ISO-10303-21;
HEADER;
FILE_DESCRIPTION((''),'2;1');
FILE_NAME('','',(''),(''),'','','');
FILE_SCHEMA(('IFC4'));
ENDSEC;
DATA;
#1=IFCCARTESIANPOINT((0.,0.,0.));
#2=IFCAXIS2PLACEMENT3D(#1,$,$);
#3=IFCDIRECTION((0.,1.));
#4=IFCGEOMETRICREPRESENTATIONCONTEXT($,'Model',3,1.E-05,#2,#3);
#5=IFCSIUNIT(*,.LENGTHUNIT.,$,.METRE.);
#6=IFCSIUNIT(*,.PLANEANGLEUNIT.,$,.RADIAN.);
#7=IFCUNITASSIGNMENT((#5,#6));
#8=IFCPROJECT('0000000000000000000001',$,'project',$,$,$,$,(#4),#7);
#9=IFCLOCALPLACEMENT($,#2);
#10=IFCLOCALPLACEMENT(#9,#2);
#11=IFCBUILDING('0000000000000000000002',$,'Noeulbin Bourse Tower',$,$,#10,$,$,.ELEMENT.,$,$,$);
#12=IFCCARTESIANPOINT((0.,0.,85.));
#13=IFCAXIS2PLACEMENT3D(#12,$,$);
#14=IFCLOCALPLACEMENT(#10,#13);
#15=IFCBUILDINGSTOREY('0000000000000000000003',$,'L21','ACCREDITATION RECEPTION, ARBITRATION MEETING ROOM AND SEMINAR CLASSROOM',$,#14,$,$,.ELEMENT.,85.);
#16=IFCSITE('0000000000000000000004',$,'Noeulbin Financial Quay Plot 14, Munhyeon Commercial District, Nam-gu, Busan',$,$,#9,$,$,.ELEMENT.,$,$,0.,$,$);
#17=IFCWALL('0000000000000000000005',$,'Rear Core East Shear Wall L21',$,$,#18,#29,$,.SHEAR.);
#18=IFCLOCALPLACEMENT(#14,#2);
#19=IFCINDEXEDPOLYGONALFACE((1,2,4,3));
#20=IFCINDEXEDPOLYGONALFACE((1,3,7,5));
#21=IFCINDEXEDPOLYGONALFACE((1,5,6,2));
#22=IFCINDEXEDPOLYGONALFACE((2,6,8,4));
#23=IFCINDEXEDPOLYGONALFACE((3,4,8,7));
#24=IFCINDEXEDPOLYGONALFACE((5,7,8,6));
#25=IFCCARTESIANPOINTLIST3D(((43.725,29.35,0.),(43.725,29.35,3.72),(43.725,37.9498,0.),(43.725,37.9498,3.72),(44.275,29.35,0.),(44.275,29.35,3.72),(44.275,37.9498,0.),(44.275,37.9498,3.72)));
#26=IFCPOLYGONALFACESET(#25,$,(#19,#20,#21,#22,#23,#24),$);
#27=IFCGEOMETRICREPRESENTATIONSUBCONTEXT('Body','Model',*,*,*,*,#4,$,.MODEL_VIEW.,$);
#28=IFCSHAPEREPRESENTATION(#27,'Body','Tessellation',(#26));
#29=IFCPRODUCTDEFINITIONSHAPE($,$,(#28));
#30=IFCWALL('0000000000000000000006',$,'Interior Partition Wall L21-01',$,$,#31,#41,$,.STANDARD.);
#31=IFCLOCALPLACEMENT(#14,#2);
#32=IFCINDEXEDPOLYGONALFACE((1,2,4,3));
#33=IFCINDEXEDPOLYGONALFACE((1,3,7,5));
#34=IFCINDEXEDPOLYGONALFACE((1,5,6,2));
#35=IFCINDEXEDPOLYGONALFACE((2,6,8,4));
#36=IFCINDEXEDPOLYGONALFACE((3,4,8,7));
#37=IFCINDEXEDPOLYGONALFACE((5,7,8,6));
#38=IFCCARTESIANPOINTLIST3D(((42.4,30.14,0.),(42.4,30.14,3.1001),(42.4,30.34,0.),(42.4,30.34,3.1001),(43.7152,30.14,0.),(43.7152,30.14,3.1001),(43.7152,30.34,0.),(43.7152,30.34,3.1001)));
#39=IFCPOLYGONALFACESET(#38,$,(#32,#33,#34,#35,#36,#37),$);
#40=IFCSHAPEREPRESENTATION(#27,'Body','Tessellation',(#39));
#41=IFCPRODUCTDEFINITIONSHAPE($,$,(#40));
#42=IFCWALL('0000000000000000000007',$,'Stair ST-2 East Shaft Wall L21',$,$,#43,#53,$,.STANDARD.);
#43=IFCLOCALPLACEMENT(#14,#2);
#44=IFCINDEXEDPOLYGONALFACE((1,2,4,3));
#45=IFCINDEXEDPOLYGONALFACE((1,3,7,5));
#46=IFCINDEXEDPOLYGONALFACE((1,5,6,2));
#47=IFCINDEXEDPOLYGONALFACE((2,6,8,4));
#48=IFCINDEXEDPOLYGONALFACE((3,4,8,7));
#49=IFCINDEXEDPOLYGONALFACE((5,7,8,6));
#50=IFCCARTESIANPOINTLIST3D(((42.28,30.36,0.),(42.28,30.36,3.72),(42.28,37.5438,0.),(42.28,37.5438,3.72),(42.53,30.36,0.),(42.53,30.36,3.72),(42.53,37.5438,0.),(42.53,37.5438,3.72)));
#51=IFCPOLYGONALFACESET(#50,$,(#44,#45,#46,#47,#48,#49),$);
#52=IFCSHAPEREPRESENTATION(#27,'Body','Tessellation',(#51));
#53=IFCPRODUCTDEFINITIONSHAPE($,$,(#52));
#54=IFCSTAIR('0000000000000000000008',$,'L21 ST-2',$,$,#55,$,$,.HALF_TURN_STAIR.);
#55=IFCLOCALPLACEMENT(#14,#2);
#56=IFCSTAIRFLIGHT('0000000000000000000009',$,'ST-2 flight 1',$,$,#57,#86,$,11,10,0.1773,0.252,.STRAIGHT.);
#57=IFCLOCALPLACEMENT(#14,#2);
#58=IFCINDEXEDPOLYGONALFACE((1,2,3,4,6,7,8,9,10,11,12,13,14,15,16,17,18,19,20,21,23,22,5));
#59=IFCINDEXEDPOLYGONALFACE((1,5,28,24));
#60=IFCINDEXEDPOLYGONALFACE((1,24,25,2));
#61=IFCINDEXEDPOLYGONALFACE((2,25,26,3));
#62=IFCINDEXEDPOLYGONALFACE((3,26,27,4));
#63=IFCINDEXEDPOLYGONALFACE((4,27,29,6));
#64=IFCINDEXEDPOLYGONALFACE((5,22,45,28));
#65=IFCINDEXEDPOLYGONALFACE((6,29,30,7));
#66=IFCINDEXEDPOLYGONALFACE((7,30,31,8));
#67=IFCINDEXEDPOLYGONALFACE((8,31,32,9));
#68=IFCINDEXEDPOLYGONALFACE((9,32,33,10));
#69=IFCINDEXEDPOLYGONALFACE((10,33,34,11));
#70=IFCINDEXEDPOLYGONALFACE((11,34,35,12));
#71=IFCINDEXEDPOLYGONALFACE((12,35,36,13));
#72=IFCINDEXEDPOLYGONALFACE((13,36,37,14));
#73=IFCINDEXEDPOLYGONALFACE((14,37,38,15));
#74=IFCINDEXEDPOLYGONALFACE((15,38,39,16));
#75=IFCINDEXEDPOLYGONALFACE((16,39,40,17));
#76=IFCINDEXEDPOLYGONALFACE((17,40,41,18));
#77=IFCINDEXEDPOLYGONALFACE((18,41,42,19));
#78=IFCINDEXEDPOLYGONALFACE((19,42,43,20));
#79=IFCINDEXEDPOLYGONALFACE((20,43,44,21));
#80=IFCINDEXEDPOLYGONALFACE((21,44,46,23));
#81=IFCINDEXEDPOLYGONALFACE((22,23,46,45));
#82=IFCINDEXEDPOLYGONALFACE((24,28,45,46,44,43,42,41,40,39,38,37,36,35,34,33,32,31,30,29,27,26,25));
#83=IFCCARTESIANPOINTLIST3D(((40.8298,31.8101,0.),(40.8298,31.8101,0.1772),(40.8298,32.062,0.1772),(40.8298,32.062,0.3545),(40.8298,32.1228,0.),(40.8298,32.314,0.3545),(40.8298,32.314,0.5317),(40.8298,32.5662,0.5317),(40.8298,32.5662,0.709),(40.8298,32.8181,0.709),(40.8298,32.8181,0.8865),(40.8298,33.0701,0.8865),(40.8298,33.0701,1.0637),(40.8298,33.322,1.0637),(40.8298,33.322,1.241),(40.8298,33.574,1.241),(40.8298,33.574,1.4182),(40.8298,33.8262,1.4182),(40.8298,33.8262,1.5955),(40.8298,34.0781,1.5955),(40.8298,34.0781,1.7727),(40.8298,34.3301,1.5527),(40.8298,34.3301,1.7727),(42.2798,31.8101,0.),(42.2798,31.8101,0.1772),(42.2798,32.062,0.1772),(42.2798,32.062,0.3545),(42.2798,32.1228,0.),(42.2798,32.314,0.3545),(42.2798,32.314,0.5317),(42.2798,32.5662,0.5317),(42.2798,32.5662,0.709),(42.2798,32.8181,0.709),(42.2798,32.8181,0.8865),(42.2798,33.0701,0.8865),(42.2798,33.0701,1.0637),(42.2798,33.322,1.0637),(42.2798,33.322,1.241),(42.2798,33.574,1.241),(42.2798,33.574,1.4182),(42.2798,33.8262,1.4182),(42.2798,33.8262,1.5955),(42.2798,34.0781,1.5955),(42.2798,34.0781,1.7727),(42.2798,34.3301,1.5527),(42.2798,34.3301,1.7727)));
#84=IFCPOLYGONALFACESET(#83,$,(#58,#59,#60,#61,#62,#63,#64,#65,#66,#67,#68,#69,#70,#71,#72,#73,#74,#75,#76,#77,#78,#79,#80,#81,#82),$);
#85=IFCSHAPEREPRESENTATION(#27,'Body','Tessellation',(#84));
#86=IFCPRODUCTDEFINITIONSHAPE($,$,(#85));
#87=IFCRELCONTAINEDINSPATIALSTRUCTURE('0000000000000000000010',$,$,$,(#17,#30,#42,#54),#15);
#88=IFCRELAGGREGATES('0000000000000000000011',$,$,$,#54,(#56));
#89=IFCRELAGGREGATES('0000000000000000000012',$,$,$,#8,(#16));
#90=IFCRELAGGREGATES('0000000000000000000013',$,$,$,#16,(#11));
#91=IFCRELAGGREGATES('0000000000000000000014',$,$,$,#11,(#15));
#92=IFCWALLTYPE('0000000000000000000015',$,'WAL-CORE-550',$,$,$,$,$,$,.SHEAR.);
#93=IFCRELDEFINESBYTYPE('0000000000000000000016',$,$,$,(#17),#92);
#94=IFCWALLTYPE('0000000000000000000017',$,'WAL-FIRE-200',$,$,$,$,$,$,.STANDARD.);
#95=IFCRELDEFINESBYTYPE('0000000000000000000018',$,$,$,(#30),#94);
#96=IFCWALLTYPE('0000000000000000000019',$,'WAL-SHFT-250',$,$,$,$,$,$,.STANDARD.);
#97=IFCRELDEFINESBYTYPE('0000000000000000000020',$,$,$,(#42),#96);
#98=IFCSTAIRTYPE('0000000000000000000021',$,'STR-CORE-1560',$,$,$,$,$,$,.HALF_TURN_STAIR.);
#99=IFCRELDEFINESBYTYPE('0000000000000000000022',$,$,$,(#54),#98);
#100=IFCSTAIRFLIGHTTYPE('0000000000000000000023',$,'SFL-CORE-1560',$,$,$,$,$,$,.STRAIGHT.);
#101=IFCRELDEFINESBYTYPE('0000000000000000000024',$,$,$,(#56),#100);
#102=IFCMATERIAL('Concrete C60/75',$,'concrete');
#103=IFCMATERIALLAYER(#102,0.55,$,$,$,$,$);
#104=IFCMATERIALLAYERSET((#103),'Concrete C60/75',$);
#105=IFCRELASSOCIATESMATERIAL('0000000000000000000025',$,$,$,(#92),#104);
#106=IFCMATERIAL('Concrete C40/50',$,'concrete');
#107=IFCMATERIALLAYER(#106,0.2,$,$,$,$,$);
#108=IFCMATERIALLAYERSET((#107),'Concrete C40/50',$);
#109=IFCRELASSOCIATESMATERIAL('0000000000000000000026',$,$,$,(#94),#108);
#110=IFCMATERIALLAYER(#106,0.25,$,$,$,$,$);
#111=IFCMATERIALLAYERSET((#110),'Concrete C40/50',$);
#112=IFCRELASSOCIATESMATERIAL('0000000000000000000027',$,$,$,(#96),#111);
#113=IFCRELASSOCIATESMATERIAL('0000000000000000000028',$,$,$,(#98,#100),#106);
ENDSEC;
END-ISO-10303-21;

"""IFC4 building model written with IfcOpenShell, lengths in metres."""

from ifc_helpers import new_model, si_unit, direction, frame, frame_2d, origin, place, context, subcontext, project, spatial, polyline, rectangle, outline, extrude, material, layer, layer_set, type_object, element, aggregate, save


model = new_model("IFC4")

# Units and contexts
model_context = context("Model", 3, precision=1e-05, world=origin(), true_north=direction((0.0, 1.0)))
body_context = subcontext(model_context, "Body", "Model", "MODEL_VIEW")
ifc_project = project(units=[si_unit("LENGTHUNIT", "METRE"), si_unit("PLANEANGLEUNIT", "RADIAN")], contexts=[model_context])

# Site, building, storey
site_placement = place(None, origin())
site = spatial("IfcSite", under=ifc_project, at=site_placement, Name="Noeulbin Financial Quay Plot 14, Munhyeon Commercial District, Nam-gu, Busan", CompositionType="ELEMENT", RefElevation=0.0)
building_placement = place(site_placement, origin())
building = spatial("IfcBuilding", under=site, at=building_placement, Name="Noeulbin Bourse Tower", CompositionType="ELEMENT")
storey_placement = place(building_placement, frame((0.0, 0.0, 85.0)))
storey = spatial("IfcBuildingStorey", under=building, at=storey_placement, Name="L21", Description="ACCREDITATION RECEPTION, ARBITRATION MEETING ROOM AND SEMINAR CLASSROOM", CompositionType="ELEMENT", Elevation=85.0)

# Walls
ifc_material_1 = material(Name="Concrete C60/75", Category="concrete")
ifc_layer_1 = layer(ifc_material_1, 0.55)
ifc_layer_set_1 = layer_set([ifc_layer_1], Name="Concrete C60/75")
wall_type_1 = type_object("IfcWallType", Name="WAL-CORE-550", PredefinedType="SHEAR", material=ifc_layer_set_1)
wall_1_placement = place(storey_placement, frame((44.0, 29.3501, 0.0), z_axis=(0.0, 0.0, 1.0), x_axis=(0.0, 1.0, 0.0)))
element("IfcWall", 1, at=wall_1_placement, inside=storey, type_object=wall_type_1, Name="Rear Core East Shear Wall L21", PredefinedType="SHEAR", context=body_context, shape_type="SweptSolid", body=[
    extrude(rectangle(XDim=8.5999, YDim=0.55, at=frame_2d((4.2998, 0.0))), origin(), (0.0, 0.0, 1.0), 3.72),
])
ifc_material_2 = material(Name="Concrete C40/50", Category="concrete")
ifc_layer_2 = layer(ifc_material_2, 0.2)
ifc_layer_set_2 = layer_set([ifc_layer_2], Name="Concrete C40/50")
wall_type_2 = type_object("IfcWallType", Name="WAL-FIRE-200", PredefinedType="STANDARD", material=ifc_layer_set_2)
wall_2_placement = place(storey_placement, frame((42.3999, 30.24, 0.0), z_axis=(0.0, 0.0, 1.0), x_axis=(1.0, 0.0, 0.0)))
element("IfcWall", 2, at=wall_2_placement, inside=storey, type_object=wall_type_2, Name="Interior Partition Wall L21-01", PredefinedType="STANDARD", context=body_context, shape_type="SweptSolid", body=[
    extrude(rectangle(XDim=1.3152, YDim=0.2, at=frame_2d((0.6577, 0.0))), origin(), (0.0, 0.0, 1.0), 3.1001),
])
ifc_layer_3 = layer(ifc_material_2, 0.25)
ifc_layer_set_3 = layer_set([ifc_layer_3], Name="Concrete C40/50")
wall_type_3 = type_object("IfcWallType", Name="WAL-SHFT-250", PredefinedType="STANDARD", material=ifc_layer_set_3)
wall_3_placement = place(storey_placement, frame((42.405, 30.3601, 0.0), z_axis=(0.0, 0.0, 1.0), x_axis=(0.0, 1.0, 0.0)))
element("IfcWall", 3, at=wall_3_placement, inside=storey, type_object=wall_type_3, Name="Stair ST-2 East Shaft Wall L21", PredefinedType="STANDARD", context=body_context, shape_type="SweptSolid", body=[
    extrude(rectangle(XDim=7.1838, YDim=0.25, at=frame_2d((3.5918, 0.0))), origin(), (0.0, 0.0, 1.0), 3.72),
])

# Stair, stair flight
stair_type = type_object("IfcStairType", Name="STR-CORE-1560", PredefinedType="HALF_TURN_STAIR", material=ifc_material_2)
stair_placement = place(storey_placement, origin())
stair = element("IfcStair", 4, at=stair_placement, inside=storey, type_object=stair_type, Name="L21 ST-2", PredefinedType="HALF_TURN_STAIR")
stair_flight_type = type_object("IfcStairFlightType", Name="SFL-CORE-1560", PredefinedType="STRAIGHT", material=ifc_material_2)
stair_flight_placement = place(storey_placement, frame((41.5549, 31.8101, 0.0), z_axis=(0.0, 0.0, 1.0), x_axis=(0.0, 1.0, 0.0)))
stair_flight = element("IfcStairFlight", 5, at=stair_flight_placement, type_object=stair_flight_type, Name="ST-2 flight 1", NumberOfRisers=11, NumberOfTreads=10, PredefinedType="STRAIGHT", RiserHeight=0.1773, TreadLength=0.252, context=body_context, shape_type="SweptSolid", body=[
    extrude(outline(polyline([(0.0, 0.0), (0.0, 0.1772), (0.252, 0.1772), (0.252, 0.3545), (0.5039, 0.3545), (0.5039, 0.5317), (0.7561, 0.5317), (0.7561, 0.709), (1.0081, 0.709), (1.0081, 0.8865), (1.26, 0.8865), (1.26, 1.0637), (1.512, 1.0637), (1.512, 1.241), (1.7639, 1.241), (1.7639, 1.4182), (2.0161, 1.4182), (2.0161, 1.5955), (2.2681, 1.5955), (2.2681, 1.7727), (2.52, 1.7727), (2.52, 1.95), (2.52, 1.5527), (0.3127, 0.0), (0.0, 0.0)])), frame((0.0, 0.7251, 0.0), z_axis=(0.0, -1.0, 0.0), x_axis=(1.0, 0.0, 0.0)), (0.0, 0.0, 1.0), 1.45),
])
aggregate(stair, [stair_flight])

save(model, "model.ifc")
